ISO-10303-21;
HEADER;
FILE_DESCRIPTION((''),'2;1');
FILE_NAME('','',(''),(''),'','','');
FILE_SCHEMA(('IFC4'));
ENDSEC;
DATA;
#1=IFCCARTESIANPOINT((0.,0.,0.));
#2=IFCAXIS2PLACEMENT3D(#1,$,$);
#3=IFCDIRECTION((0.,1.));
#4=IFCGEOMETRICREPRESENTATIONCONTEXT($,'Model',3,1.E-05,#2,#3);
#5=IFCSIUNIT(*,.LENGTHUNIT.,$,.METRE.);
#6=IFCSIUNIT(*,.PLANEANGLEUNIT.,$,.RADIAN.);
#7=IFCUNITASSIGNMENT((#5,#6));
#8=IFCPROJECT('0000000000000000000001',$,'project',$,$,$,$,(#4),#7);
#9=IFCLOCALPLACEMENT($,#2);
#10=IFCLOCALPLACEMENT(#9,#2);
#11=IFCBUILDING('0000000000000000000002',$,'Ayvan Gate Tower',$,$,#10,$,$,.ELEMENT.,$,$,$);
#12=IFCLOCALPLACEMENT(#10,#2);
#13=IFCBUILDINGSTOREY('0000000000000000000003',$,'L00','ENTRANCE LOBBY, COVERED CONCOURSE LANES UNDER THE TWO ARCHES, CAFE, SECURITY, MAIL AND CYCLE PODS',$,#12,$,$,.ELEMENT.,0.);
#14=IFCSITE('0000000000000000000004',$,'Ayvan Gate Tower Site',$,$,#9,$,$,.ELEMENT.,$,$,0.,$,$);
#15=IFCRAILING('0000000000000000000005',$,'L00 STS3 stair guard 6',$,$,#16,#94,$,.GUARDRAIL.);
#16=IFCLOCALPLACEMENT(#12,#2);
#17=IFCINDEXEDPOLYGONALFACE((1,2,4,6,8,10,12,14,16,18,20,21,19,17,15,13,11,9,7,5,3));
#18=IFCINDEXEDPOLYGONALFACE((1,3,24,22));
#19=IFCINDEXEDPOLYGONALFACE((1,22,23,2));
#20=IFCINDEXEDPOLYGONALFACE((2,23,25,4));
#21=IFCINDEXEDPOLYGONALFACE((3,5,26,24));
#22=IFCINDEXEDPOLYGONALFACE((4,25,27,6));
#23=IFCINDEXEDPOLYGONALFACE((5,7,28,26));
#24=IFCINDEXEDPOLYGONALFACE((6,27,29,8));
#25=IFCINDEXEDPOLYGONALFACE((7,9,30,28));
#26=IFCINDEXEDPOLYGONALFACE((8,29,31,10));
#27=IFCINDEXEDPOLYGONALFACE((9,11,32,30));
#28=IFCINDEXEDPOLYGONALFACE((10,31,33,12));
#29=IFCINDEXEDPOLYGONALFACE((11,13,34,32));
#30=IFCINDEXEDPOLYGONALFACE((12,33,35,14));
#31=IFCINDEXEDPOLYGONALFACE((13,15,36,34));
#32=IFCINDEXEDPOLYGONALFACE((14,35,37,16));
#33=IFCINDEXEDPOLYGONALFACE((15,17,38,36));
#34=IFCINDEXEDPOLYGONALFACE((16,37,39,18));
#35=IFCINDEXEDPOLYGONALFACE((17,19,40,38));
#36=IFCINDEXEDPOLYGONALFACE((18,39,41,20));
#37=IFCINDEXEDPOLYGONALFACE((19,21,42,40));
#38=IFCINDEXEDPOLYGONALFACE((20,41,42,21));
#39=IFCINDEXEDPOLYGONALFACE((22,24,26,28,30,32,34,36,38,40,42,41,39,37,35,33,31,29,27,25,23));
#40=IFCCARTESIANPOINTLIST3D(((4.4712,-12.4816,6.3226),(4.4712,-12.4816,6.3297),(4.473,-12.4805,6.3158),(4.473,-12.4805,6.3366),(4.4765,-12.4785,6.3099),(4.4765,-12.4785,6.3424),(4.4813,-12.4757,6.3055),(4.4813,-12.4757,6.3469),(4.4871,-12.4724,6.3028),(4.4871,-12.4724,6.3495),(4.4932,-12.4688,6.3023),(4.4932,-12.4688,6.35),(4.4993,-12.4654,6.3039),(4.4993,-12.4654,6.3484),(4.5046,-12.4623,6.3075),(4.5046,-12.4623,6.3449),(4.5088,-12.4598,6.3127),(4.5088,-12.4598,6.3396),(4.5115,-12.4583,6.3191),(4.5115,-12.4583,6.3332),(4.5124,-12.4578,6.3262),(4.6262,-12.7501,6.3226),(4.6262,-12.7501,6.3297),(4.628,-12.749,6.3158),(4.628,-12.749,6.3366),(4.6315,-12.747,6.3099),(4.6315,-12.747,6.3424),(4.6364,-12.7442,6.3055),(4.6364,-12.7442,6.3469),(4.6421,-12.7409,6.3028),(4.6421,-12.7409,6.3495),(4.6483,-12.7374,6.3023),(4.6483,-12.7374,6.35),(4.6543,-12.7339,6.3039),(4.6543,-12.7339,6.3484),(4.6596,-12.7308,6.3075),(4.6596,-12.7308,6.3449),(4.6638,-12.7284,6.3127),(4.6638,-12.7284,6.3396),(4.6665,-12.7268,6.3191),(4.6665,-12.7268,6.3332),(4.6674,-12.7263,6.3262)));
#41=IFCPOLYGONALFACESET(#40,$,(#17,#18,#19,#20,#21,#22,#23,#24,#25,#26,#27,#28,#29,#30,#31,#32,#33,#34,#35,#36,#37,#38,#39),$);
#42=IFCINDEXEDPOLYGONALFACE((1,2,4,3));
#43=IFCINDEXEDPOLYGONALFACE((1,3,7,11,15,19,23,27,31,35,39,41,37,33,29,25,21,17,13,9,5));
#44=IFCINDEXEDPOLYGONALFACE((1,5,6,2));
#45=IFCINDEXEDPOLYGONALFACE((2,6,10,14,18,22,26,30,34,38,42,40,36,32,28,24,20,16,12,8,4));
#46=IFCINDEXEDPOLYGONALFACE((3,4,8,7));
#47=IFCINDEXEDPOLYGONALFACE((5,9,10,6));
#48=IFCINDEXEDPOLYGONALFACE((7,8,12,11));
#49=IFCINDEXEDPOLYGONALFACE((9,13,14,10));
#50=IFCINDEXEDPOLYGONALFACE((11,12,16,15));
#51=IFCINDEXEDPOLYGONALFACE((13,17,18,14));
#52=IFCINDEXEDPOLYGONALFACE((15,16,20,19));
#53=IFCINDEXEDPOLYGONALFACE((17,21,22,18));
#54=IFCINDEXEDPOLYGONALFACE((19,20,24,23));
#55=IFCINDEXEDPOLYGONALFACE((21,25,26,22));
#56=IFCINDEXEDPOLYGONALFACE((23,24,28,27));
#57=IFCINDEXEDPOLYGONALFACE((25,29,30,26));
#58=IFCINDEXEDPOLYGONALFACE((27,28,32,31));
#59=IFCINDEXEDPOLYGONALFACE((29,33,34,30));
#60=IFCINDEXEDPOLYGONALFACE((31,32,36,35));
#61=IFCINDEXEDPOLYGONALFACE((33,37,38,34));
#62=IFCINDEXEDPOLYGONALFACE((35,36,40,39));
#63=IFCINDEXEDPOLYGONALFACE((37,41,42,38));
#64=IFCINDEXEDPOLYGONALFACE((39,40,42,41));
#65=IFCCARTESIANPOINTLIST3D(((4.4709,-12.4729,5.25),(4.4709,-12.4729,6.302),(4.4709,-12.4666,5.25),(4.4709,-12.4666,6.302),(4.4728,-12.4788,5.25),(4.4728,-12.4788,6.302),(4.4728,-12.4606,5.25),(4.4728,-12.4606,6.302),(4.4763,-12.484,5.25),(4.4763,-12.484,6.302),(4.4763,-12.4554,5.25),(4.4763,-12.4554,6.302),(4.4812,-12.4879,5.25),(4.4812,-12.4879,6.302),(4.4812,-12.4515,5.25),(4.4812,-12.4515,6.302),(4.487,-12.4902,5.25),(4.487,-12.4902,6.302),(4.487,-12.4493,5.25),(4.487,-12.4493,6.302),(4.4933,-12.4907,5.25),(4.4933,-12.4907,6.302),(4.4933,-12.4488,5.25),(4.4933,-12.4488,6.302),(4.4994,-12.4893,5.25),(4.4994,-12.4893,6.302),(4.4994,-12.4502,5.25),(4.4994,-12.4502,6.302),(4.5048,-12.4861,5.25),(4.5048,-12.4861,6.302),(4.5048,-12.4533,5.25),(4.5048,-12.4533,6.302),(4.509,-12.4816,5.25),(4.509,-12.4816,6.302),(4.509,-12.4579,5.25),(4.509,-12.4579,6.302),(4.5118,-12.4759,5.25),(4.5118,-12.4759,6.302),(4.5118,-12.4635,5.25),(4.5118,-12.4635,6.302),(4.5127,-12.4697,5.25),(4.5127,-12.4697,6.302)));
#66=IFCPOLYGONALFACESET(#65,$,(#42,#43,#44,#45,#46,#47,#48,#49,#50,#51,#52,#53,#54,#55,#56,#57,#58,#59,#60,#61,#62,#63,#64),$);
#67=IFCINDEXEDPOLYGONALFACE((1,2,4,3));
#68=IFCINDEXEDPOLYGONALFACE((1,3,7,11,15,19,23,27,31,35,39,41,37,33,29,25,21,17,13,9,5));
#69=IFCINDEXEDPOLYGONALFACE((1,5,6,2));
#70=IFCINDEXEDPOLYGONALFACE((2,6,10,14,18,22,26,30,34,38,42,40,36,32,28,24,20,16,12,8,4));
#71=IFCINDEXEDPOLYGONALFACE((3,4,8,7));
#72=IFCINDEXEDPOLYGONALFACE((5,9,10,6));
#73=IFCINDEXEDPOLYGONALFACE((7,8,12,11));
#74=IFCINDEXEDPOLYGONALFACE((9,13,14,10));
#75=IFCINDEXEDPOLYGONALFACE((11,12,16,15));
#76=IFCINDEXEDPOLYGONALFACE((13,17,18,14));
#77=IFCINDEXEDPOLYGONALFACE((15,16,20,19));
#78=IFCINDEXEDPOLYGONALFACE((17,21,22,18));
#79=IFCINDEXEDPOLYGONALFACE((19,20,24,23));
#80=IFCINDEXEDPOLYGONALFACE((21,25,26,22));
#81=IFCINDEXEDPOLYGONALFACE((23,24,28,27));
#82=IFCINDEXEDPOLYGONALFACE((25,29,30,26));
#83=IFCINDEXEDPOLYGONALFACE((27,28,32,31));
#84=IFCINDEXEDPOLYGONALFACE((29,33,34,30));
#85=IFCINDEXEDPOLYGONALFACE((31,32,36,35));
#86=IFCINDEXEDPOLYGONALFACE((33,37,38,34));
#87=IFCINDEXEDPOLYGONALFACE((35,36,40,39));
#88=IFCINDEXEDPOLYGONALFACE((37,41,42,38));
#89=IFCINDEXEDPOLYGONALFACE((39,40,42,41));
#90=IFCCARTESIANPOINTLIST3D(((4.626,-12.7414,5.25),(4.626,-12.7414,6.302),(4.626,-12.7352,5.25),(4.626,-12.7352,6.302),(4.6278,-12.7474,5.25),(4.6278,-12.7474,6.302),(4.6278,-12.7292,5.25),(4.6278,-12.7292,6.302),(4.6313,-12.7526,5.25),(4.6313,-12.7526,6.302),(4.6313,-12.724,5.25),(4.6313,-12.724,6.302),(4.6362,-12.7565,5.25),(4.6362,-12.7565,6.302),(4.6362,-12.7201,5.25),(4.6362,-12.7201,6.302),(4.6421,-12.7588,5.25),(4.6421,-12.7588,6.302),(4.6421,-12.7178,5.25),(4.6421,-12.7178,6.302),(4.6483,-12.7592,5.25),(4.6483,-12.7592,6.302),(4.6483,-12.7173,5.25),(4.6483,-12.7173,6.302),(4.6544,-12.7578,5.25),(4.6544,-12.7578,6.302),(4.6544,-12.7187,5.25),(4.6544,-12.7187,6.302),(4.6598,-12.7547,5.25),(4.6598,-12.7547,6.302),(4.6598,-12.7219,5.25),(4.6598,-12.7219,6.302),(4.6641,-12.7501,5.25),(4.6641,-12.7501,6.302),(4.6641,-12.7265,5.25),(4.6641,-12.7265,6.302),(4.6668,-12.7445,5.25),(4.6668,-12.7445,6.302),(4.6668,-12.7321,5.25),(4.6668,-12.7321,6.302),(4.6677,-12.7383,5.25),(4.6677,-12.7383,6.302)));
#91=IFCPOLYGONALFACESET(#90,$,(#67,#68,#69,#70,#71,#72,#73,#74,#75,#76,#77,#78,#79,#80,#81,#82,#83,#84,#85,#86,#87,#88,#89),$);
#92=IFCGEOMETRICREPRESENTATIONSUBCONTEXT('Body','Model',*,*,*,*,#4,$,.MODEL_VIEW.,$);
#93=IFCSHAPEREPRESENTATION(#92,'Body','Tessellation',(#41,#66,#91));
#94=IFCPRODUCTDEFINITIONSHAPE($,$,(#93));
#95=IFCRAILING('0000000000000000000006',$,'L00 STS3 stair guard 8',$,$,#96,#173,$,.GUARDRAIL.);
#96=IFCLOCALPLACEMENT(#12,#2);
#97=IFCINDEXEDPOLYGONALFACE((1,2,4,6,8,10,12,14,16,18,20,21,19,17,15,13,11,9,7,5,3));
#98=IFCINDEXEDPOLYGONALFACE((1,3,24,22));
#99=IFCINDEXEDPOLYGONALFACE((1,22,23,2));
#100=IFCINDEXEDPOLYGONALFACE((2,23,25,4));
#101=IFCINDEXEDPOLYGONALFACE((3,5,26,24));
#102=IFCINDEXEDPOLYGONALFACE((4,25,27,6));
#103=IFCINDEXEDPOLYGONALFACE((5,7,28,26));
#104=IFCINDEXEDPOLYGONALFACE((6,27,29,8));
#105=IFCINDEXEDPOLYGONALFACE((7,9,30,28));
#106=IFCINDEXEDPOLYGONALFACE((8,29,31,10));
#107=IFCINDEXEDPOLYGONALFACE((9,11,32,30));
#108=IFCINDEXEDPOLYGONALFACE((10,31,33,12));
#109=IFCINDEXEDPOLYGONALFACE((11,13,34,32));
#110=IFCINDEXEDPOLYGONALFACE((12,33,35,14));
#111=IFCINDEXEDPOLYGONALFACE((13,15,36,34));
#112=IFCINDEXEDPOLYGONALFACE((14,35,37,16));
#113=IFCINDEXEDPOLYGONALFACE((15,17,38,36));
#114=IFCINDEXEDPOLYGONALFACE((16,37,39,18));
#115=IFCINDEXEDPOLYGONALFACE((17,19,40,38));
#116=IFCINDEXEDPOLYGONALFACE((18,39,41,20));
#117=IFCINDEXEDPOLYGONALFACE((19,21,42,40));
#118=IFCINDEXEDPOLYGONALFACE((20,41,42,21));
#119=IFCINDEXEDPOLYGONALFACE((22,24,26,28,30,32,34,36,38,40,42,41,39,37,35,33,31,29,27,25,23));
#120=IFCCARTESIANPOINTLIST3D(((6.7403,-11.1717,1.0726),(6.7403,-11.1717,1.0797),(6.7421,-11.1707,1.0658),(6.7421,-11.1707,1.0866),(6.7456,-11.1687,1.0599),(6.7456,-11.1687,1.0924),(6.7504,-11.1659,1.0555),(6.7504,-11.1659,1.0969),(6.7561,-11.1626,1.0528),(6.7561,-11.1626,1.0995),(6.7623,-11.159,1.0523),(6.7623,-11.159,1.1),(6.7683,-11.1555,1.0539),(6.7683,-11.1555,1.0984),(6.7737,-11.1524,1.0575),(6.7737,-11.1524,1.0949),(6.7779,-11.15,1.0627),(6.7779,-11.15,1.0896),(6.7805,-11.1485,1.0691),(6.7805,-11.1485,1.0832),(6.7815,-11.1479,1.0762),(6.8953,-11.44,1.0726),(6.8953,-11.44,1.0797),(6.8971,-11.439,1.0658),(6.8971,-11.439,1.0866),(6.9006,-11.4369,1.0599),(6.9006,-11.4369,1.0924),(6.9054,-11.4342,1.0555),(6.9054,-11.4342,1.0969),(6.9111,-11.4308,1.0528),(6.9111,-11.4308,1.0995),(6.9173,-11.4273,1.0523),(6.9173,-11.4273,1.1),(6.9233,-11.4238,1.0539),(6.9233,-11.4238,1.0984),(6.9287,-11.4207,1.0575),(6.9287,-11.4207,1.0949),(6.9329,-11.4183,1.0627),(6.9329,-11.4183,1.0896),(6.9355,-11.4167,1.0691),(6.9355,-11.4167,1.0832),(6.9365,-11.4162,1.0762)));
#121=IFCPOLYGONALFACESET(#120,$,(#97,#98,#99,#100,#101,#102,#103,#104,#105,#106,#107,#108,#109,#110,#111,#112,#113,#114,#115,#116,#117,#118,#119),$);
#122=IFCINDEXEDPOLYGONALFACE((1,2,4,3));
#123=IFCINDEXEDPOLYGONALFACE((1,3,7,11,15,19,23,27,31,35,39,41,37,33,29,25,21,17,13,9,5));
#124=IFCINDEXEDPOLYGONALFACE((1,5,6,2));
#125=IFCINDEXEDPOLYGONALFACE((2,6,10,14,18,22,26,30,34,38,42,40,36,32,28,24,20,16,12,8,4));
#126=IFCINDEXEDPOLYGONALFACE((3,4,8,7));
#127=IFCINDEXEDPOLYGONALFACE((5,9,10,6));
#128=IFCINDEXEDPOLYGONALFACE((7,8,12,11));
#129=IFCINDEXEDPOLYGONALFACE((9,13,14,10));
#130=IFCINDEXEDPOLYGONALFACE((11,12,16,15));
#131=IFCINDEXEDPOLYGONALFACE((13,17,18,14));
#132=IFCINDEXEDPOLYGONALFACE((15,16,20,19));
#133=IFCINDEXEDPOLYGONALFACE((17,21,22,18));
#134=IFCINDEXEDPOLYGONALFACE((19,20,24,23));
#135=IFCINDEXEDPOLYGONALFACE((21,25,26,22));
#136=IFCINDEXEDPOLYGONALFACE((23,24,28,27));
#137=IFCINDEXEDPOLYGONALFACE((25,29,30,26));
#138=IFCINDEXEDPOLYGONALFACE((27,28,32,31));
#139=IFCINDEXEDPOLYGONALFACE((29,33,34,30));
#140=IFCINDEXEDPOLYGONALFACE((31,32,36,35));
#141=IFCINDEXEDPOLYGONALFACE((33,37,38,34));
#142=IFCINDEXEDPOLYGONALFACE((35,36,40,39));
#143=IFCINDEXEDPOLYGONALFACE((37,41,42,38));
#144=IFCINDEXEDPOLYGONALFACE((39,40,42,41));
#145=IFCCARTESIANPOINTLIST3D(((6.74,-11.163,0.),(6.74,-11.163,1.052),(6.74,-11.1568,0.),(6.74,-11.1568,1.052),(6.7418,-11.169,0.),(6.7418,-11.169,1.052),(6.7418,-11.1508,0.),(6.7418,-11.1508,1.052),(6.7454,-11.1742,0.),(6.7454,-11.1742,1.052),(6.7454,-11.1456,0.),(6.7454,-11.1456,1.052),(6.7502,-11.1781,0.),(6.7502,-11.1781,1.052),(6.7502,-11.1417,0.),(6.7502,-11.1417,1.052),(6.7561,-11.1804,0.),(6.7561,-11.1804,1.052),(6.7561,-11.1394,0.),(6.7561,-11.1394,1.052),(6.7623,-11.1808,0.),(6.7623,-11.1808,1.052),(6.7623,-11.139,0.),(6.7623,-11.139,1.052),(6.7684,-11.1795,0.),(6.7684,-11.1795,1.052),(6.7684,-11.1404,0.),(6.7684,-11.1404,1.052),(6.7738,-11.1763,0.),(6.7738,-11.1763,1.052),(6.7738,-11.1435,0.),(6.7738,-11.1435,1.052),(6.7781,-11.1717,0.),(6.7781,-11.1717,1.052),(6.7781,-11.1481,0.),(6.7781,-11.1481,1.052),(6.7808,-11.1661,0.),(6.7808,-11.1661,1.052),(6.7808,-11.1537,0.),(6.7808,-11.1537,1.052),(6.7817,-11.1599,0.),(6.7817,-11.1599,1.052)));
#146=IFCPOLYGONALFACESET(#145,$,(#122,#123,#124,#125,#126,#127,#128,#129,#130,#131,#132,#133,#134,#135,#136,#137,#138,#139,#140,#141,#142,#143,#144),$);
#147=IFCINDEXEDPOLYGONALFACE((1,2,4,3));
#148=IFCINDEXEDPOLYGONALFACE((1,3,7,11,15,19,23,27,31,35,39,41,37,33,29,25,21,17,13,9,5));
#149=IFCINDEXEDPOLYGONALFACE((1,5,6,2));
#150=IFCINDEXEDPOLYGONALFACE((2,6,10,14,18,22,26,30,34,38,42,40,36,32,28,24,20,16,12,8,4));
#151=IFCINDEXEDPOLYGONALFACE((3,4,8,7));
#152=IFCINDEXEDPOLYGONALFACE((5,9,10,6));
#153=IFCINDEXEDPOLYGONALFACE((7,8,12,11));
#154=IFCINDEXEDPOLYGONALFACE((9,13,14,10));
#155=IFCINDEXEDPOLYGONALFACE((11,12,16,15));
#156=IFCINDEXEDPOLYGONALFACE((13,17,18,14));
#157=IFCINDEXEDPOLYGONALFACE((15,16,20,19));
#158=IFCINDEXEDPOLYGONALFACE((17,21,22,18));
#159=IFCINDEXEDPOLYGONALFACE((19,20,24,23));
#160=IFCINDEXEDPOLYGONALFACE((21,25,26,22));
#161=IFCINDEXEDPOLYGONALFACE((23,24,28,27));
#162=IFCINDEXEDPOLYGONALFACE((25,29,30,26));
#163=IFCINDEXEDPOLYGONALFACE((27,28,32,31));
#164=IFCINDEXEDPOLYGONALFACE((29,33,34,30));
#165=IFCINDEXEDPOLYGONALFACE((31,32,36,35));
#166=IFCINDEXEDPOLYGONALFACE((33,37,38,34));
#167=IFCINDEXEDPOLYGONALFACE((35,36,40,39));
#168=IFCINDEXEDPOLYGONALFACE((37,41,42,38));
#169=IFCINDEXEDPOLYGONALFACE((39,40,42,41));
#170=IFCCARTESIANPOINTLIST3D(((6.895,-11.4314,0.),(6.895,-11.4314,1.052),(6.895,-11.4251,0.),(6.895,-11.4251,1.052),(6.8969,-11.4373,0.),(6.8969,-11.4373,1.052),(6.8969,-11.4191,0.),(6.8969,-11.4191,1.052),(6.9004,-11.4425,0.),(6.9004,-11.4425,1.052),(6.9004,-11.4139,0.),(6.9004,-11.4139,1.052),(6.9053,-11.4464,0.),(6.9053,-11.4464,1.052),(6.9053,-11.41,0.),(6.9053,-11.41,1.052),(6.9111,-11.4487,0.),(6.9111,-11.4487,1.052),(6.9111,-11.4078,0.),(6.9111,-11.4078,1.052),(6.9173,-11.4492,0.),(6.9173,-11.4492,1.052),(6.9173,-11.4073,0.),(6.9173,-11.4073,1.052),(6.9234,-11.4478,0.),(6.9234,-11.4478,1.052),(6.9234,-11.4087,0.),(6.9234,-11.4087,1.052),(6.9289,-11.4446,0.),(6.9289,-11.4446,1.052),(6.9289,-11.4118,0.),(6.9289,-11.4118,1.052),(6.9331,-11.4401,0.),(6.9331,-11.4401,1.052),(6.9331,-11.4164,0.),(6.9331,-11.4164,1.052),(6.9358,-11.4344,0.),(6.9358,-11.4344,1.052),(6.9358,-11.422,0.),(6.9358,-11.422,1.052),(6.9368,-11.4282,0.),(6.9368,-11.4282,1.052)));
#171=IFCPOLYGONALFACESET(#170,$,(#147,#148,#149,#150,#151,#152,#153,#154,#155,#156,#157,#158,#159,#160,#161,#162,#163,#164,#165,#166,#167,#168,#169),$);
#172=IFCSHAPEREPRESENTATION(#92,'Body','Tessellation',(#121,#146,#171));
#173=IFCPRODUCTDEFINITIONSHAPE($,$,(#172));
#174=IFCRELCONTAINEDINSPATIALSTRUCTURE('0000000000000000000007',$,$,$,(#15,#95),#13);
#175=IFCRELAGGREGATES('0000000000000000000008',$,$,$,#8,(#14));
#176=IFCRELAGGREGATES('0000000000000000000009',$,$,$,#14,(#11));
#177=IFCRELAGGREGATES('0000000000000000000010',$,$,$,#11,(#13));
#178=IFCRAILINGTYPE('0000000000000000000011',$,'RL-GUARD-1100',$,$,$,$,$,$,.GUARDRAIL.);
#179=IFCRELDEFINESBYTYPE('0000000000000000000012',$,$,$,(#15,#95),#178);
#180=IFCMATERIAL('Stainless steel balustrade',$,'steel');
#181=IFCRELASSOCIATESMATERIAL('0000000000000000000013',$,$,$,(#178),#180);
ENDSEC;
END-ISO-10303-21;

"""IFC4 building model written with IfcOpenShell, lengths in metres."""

from ifc_helpers import new_model, si_unit, direction, frame, origin, origin_2d, place, context, subcontext, project, spatial, circle, extrude, material, type_object, element, save


model = new_model("IFC4")

# Units and contexts
model_context = context("Model", 3, precision=1e-05, world=origin(), true_north=direction((0.0, 1.0)))
body_context = subcontext(model_context, "Body", "Model", "MODEL_VIEW")
ifc_project = project(units=[si_unit("LENGTHUNIT", "METRE"), si_unit("PLANEANGLEUNIT", "RADIAN")], contexts=[model_context])

# Site, building, storey
site_placement = place(None, origin())
site = spatial("IfcSite", under=ifc_project, at=site_placement, Name="Ayvan Gate Tower Site", CompositionType="ELEMENT", RefElevation=0.0)
building_placement = place(site_placement, origin())
building = spatial("IfcBuilding", under=site, at=building_placement, Name="Ayvan Gate Tower", CompositionType="ELEMENT")
storey_placement = place(building_placement, origin())
storey = spatial("IfcBuildingStorey", under=building, at=storey_placement, Name="L00", Description="ENTRANCE LOBBY, COVERED CONCOURSE LANES UNDER THE TWO ARCHES, CAFE, SECURITY, MAIL AND CYCLE PODS", CompositionType="ELEMENT", Elevation=0.0)

# Railings
ifc_material_1 = material(Name="Stainless steel balustrade", Category="steel")
railing_type_1 = type_object("IfcRailingType", Name="RL-GUARD-1100", PredefinedType="GUARDRAIL", material=ifc_material_1)
railing_1_placement = place(storey_placement, frame((4.4917, -12.4697, 5.25)))
element("IfcRailing", 1, at=railing_1_placement, inside=storey, type_object=railing_type_1, Name="L00 STS3 stair guard 6", PredefinedType="GUARDRAIL", context=body_context, shape_type="SweptSolid", body=[
    extrude(circle(Radius=0.0239, at=origin_2d()), frame((0.0, 0.0, 1.0762), z_axis=(0.49995, -0.866054, 0.0), x_axis=(0.866054, 0.49995, 0.0)), (0.0, 0.0, 1.0), 0.3101),
    extrude(circle(Radius=0.021, at=origin_2d()), origin(), (0.0, 0.0, 1.0), 1.052),
    extrude(circle(Radius=0.021, at=origin_2d()), frame((0.155, -0.2686, 0.0)), (0.0, 0.0, 1.0), 1.052),
])
railing_2_placement = place(storey_placement, frame((6.7607, -11.1599, 0.0)))
element("IfcRailing", 2, at=railing_2_placement, inside=storey, type_object=railing_type_1, Name="L00 STS3 stair guard 8", PredefinedType="GUARDRAIL", context=body_context, shape_type="SweptSolid", body=[
    extrude(circle(Radius=0.0239, at=origin_2d()), frame((0.0, 0.0, 1.0762), z_axis=(0.500291, -0.865857, 0.0), x_axis=(0.865857, 0.500291, 0.0)), (0.0, 0.0, 1.0), 0.3098),
    extrude(circle(Radius=0.021, at=origin_2d()), origin(), (0.0, 0.0, 1.0), 1.052),
    extrude(circle(Radius=0.021, at=origin_2d()), frame((0.155, -0.2683, 0.0)), (0.0, 0.0, 1.0), 1.052),
])

save(model, "model.ifc")
